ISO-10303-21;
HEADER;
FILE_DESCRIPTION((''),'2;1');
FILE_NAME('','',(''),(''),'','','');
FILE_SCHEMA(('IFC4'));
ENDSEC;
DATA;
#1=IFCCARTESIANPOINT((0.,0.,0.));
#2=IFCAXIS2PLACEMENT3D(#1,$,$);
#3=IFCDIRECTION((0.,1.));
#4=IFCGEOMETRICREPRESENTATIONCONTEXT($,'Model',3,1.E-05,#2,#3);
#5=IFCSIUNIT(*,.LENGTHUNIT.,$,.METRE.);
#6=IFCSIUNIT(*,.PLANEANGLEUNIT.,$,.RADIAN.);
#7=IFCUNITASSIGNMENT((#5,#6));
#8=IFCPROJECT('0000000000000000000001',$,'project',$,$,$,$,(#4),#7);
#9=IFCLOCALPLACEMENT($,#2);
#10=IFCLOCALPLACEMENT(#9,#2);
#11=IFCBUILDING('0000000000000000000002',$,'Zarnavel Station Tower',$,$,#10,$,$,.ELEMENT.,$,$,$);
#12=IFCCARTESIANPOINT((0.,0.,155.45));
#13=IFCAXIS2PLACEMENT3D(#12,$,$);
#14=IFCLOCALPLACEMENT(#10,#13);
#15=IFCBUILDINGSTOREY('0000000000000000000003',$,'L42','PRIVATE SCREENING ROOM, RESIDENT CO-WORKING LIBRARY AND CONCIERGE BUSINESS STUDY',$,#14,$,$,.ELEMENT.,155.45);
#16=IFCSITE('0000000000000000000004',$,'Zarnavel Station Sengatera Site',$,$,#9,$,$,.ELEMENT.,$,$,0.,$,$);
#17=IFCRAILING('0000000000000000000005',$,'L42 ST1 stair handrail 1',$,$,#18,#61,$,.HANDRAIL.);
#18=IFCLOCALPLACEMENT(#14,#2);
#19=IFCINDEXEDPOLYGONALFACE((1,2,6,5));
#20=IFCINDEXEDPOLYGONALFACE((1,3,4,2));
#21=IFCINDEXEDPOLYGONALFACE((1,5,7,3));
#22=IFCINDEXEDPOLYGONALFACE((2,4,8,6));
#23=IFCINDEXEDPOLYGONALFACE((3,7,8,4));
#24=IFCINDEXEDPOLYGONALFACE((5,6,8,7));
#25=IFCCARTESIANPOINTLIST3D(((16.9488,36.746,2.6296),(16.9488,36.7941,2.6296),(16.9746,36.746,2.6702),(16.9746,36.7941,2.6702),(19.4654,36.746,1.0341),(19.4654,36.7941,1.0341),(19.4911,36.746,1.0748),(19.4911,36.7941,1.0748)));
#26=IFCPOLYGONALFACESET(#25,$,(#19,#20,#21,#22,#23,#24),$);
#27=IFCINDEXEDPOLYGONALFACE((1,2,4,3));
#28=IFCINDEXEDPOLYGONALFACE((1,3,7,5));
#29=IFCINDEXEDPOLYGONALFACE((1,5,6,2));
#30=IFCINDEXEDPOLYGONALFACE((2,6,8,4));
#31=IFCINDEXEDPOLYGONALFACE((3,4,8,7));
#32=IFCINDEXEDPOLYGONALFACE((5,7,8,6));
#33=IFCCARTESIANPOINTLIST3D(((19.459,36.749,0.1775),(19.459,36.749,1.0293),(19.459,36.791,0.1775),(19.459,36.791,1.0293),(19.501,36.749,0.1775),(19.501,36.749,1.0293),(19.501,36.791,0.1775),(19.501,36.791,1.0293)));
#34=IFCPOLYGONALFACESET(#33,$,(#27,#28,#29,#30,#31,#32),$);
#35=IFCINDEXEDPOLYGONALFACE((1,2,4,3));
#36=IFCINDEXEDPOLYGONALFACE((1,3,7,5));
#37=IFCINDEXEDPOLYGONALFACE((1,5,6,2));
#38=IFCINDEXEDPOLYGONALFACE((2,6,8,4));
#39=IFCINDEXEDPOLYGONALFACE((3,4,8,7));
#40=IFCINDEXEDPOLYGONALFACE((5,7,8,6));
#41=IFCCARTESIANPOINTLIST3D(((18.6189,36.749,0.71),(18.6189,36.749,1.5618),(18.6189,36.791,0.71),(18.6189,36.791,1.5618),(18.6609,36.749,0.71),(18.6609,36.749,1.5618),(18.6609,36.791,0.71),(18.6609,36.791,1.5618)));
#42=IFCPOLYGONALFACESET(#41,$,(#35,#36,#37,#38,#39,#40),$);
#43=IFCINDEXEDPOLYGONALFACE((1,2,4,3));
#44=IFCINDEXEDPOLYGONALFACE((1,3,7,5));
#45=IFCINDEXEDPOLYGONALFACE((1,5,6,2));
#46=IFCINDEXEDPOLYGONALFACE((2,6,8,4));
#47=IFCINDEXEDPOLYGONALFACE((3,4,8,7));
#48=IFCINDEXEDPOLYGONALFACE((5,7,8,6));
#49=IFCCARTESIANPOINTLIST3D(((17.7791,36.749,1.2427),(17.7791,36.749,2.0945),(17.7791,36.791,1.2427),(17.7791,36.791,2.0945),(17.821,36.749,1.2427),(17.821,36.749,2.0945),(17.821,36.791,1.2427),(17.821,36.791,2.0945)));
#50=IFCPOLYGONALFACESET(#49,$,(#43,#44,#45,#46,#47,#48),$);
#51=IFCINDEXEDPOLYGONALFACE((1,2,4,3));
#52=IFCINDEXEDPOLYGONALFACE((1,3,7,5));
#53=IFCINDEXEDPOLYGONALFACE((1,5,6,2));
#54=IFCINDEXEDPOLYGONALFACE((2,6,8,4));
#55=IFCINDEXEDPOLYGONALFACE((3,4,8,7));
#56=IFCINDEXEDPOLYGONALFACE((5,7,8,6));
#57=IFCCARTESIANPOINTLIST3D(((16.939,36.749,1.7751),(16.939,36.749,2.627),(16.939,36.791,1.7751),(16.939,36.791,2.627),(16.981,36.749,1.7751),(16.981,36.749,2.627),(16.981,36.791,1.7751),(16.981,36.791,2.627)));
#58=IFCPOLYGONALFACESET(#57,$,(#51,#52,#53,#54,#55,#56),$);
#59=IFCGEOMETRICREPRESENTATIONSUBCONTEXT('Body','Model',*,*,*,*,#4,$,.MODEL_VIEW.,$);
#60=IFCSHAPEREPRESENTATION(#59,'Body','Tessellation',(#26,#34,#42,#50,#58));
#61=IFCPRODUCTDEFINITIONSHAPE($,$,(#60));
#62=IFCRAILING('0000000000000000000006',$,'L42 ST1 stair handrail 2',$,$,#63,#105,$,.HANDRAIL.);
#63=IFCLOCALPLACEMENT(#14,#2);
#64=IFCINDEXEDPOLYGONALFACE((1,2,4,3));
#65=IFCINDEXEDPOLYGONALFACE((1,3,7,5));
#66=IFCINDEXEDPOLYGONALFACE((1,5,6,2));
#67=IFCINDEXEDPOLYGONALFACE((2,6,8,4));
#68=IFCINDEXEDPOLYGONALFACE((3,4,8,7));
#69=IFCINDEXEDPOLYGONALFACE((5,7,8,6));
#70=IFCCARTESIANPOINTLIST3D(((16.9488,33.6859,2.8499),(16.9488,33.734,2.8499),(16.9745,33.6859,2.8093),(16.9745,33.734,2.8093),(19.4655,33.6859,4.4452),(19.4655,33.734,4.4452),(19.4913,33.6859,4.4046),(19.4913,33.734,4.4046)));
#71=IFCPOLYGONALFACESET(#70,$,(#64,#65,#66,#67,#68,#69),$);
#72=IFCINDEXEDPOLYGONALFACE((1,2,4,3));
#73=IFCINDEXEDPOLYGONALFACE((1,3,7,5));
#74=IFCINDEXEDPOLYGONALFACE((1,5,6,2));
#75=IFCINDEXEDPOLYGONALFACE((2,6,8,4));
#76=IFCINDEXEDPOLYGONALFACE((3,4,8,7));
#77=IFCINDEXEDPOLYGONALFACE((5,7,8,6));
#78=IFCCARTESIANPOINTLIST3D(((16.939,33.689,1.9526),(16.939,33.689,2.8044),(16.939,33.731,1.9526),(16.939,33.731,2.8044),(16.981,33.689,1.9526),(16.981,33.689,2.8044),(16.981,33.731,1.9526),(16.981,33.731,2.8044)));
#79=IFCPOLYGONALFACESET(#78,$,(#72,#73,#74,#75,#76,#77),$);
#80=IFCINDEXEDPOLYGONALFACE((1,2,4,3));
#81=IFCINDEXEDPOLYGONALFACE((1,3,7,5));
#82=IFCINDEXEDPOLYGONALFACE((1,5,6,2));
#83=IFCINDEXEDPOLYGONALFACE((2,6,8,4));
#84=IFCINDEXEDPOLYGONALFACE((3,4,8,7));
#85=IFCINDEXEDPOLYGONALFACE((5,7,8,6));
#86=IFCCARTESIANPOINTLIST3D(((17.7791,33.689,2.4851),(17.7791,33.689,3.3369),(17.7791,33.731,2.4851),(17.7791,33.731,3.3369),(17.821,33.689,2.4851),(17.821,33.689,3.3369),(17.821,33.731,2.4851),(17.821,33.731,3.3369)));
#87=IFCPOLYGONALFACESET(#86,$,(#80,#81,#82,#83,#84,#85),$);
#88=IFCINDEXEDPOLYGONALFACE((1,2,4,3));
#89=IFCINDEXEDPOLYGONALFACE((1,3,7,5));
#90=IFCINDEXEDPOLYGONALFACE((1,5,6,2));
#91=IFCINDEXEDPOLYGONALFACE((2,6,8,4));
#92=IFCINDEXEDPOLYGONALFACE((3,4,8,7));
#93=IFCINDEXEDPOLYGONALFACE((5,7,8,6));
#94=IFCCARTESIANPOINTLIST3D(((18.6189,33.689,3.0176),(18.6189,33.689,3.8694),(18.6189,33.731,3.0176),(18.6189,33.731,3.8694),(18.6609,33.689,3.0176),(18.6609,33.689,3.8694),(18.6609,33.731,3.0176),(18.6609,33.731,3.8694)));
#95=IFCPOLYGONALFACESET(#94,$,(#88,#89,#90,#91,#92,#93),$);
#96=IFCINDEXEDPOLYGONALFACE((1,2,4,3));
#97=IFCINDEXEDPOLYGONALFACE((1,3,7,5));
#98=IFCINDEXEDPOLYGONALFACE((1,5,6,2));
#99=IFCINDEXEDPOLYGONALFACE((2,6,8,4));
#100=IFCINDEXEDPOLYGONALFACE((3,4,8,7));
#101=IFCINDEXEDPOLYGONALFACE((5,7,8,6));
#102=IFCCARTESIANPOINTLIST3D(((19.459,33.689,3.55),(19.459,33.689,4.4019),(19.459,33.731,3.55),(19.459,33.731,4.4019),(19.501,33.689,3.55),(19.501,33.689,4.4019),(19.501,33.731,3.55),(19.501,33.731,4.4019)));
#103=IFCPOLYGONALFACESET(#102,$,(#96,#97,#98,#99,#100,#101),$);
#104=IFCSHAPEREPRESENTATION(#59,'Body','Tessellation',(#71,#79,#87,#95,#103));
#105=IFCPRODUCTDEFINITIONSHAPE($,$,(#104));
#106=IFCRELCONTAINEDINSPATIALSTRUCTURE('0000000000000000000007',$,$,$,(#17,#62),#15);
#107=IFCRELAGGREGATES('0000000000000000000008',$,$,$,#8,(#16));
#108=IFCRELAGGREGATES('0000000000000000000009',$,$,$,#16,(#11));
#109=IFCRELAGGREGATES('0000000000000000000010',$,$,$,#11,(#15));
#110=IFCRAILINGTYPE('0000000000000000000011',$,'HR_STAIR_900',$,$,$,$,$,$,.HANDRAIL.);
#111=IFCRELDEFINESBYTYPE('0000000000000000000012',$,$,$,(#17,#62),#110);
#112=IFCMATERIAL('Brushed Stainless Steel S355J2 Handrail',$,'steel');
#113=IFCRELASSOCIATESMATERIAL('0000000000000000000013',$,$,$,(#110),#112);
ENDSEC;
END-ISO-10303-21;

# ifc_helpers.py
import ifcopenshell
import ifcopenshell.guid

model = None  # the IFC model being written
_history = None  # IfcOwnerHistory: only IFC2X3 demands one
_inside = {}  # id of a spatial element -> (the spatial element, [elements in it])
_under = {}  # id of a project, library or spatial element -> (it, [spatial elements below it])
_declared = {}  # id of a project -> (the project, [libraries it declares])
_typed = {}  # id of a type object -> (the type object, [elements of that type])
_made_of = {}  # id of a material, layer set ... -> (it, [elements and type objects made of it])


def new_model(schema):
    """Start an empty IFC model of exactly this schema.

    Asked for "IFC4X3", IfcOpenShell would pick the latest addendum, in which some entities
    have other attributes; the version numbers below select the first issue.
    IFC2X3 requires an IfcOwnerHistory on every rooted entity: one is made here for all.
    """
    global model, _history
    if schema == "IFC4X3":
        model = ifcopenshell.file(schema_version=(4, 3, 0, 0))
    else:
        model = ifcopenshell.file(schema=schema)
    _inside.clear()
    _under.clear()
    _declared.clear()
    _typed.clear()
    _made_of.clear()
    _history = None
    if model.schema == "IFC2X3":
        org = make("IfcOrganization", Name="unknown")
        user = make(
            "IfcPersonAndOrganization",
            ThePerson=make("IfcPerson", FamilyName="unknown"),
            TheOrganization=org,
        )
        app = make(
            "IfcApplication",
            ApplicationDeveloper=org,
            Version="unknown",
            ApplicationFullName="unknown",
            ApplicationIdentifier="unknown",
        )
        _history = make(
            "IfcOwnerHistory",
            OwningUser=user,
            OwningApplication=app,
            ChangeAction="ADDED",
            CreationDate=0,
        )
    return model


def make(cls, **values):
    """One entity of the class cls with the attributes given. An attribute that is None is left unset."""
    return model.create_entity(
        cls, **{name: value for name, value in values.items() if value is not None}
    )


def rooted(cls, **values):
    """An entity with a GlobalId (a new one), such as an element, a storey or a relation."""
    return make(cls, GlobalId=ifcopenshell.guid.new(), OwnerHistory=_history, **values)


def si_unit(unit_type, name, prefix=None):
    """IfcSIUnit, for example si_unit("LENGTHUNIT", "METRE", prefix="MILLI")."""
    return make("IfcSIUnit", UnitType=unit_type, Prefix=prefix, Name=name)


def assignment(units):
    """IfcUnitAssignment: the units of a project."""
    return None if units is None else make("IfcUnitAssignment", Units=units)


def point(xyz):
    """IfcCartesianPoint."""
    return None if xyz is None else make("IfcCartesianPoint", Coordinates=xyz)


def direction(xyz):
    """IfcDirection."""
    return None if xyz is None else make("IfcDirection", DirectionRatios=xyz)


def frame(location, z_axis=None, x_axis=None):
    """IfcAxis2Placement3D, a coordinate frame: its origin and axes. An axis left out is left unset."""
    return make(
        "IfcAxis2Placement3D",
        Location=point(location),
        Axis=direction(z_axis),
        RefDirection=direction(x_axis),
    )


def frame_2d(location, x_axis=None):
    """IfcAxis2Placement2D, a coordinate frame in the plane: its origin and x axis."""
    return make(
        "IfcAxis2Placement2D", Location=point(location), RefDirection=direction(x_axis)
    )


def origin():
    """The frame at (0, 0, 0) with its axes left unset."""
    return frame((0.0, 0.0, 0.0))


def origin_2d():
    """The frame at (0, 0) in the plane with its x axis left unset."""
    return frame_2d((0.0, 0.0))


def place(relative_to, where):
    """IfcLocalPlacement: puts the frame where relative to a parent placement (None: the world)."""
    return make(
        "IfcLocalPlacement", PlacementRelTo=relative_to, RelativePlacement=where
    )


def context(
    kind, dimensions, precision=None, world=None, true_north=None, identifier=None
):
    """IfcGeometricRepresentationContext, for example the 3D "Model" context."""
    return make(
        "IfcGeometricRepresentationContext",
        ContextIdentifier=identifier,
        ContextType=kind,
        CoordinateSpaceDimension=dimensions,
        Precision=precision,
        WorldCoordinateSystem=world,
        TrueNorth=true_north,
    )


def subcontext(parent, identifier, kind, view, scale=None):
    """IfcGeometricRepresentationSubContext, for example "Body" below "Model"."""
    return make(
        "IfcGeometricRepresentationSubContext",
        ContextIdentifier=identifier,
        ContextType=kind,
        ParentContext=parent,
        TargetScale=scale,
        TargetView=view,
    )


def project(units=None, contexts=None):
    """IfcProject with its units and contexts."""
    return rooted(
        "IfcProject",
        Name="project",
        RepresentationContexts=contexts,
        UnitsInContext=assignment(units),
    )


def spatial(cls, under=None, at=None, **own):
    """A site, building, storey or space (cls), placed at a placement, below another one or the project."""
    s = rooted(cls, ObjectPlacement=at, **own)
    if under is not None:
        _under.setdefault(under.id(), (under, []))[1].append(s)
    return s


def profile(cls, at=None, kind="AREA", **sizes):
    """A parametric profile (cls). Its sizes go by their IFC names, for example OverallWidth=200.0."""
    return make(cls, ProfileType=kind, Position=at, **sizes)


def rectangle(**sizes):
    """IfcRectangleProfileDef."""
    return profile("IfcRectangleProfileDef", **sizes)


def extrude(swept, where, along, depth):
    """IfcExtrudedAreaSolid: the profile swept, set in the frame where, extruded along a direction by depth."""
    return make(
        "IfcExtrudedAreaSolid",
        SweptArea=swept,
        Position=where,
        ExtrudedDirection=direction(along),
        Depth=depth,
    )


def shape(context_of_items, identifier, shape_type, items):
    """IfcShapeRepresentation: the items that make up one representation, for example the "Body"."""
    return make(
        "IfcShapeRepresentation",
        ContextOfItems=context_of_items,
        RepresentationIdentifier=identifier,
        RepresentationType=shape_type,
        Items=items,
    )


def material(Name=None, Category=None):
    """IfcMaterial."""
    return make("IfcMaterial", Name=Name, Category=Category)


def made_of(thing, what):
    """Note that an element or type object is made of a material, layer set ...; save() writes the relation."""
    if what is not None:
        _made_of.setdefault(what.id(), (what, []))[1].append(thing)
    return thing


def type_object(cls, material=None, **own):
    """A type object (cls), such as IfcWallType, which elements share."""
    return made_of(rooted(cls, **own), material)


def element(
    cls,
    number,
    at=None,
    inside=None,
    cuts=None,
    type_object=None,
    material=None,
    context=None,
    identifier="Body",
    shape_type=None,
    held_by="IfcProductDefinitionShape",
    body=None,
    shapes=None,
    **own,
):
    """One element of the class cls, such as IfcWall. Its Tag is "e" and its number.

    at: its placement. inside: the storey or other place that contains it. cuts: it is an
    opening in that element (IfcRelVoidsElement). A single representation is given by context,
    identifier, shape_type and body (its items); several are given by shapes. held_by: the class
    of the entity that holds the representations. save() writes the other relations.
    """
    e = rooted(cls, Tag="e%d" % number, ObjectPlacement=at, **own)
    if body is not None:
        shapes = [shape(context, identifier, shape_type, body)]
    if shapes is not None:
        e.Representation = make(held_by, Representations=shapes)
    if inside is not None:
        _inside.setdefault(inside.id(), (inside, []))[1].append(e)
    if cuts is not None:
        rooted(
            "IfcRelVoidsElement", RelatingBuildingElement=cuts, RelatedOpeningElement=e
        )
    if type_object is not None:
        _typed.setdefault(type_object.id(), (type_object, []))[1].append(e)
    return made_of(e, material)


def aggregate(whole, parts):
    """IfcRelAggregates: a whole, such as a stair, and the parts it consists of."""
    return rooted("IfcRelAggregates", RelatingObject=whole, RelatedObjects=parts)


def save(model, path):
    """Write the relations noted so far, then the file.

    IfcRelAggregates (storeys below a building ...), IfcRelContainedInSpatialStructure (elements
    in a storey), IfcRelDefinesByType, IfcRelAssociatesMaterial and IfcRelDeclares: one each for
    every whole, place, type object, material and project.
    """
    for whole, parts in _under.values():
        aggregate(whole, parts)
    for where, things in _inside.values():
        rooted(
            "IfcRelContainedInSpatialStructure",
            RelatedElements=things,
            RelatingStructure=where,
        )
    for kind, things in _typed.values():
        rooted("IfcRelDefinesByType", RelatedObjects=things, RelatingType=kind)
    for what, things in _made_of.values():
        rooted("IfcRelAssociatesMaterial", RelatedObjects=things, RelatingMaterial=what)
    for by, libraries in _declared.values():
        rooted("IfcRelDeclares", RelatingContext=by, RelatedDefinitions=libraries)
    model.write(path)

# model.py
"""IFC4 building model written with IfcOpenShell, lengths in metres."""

from ifc_helpers import new_model, si_unit, direction, frame, origin, origin_2d, place, context, subcontext, project, spatial, rectangle, extrude, material, type_object, element, save


model = new_model("IFC4")

# Units and contexts
model_context = context("Model", 3, precision=1e-05, world=origin(), true_north=direction((0.0, 1.0)))
body_context = subcontext(model_context, "Body", "Model", "MODEL_VIEW")
ifc_project = project(units=[si_unit("LENGTHUNIT", "METRE"), si_unit("PLANEANGLEUNIT", "RADIAN")], contexts=[model_context])

# Site, building, storey
site_placement = place(None, origin())
site = spatial("IfcSite", under=ifc_project, at=site_placement, Name="Zarnavel Station Sengatera Site", CompositionType="ELEMENT", RefElevation=0.0)
building_placement = place(site_placement, origin())
building = spatial("IfcBuilding", under=site, at=building_placement, Name="Zarnavel Station Tower", CompositionType="ELEMENT")
storey_placement = place(building_placement, frame((0.0, 0.0, 155.45)))
storey = spatial("IfcBuildingStorey", under=building, at=storey_placement, Name="L42", Description="PRIVATE SCREENING ROOM, RESIDENT CO-WORKING LIBRARY AND CONCIERGE BUSINESS STUDY", CompositionType="ELEMENT", Elevation=155.45)

# Railings
ifc_material_1 = material(Name="Brushed Stainless Steel S355J2 Handrail", Category="steel")
railing_type_1 = type_object("IfcRailingType", Name="HR_STAIR_900", PredefinedType="HANDRAIL", material=ifc_material_1)
railing_1_placement = place(storey_placement, frame((19.48, 36.77, 0.1775)))
element("IfcRailing", 1, at=railing_1_placement, inside=storey, type_object=railing_type_1, Name="L42 ST1 stair handrail 1", PredefinedType="HANDRAIL", context=body_context, shape_type="SweptSolid", body=[
    extrude(rectangle(XDim=0.0481, YDim=0.0481, at=origin_2d()), frame((-0.0017, 0.0, 0.877), z_axis=(-0.84457, 0.0, 0.535445), x_axis=(0.0, -1.0, 0.0)), (0.0, 0.0, 1.0), 2.9797),
    extrude(rectangle(XDim=0.042, YDim=0.042, at=origin_2d()), origin(), (0.0, 0.0, 1.0), 0.8518),
    extrude(rectangle(XDim=0.042, YDim=0.042, at=origin_2d()), frame((-0.8401, 0.0, 0.5325)), (0.0, 0.0, 1.0), 0.8518),
    extrude(rectangle(XDim=0.042, YDim=0.042, at=origin_2d()), frame((-1.6799, 0.0, 1.0652)), (0.0, 0.0, 1.0), 0.8518),
    extrude(rectangle(XDim=0.042, YDim=0.042, at=origin_2d()), frame((-2.52, 0.0, 1.5977)), (0.0, 0.0, 1.0), 0.8518),
])
railing_2_placement = place(storey_placement, frame((16.96, 33.71, 1.9526)))
element("IfcRailing", 2, at=railing_2_placement, inside=storey, type_object=railing_type_1, Name="L42 ST1 stair handrail 2", PredefinedType="HANDRAIL", context=body_context, shape_type="SweptSolid", body=[
    extrude(rectangle(XDim=0.0481, YDim=0.0481, at=origin_2d()), frame((0.0017, 0.0, 0.877), z_axis=(0.844607, 0.0, 0.535387), x_axis=(0.0, 1.0, 0.0)), (0.0, 0.0, 1.0), 2.9797),
    extrude(rectangle(XDim=0.042, YDim=0.042, at=origin_2d()), origin(), (0.0, 0.0, 1.0), 0.8518),
    extrude(rectangle(XDim=0.042, YDim=0.042, at=origin_2d()), frame((0.8401, 0.0, 0.5325)), (0.0, 0.0, 1.0), 0.8518),
    extrude(rectangle(XDim=0.042, YDim=0.042, at=origin_2d()), frame((1.6799, 0.0, 1.0649)), (0.0, 0.0, 1.0), 0.8518),
    extrude(rectangle(XDim=0.042, YDim=0.042, at=origin_2d()), frame((2.52, 0.0, 1.5974)), (0.0, 0.0, 1.0), 0.8518),
])

save(model, "model.ifc")
